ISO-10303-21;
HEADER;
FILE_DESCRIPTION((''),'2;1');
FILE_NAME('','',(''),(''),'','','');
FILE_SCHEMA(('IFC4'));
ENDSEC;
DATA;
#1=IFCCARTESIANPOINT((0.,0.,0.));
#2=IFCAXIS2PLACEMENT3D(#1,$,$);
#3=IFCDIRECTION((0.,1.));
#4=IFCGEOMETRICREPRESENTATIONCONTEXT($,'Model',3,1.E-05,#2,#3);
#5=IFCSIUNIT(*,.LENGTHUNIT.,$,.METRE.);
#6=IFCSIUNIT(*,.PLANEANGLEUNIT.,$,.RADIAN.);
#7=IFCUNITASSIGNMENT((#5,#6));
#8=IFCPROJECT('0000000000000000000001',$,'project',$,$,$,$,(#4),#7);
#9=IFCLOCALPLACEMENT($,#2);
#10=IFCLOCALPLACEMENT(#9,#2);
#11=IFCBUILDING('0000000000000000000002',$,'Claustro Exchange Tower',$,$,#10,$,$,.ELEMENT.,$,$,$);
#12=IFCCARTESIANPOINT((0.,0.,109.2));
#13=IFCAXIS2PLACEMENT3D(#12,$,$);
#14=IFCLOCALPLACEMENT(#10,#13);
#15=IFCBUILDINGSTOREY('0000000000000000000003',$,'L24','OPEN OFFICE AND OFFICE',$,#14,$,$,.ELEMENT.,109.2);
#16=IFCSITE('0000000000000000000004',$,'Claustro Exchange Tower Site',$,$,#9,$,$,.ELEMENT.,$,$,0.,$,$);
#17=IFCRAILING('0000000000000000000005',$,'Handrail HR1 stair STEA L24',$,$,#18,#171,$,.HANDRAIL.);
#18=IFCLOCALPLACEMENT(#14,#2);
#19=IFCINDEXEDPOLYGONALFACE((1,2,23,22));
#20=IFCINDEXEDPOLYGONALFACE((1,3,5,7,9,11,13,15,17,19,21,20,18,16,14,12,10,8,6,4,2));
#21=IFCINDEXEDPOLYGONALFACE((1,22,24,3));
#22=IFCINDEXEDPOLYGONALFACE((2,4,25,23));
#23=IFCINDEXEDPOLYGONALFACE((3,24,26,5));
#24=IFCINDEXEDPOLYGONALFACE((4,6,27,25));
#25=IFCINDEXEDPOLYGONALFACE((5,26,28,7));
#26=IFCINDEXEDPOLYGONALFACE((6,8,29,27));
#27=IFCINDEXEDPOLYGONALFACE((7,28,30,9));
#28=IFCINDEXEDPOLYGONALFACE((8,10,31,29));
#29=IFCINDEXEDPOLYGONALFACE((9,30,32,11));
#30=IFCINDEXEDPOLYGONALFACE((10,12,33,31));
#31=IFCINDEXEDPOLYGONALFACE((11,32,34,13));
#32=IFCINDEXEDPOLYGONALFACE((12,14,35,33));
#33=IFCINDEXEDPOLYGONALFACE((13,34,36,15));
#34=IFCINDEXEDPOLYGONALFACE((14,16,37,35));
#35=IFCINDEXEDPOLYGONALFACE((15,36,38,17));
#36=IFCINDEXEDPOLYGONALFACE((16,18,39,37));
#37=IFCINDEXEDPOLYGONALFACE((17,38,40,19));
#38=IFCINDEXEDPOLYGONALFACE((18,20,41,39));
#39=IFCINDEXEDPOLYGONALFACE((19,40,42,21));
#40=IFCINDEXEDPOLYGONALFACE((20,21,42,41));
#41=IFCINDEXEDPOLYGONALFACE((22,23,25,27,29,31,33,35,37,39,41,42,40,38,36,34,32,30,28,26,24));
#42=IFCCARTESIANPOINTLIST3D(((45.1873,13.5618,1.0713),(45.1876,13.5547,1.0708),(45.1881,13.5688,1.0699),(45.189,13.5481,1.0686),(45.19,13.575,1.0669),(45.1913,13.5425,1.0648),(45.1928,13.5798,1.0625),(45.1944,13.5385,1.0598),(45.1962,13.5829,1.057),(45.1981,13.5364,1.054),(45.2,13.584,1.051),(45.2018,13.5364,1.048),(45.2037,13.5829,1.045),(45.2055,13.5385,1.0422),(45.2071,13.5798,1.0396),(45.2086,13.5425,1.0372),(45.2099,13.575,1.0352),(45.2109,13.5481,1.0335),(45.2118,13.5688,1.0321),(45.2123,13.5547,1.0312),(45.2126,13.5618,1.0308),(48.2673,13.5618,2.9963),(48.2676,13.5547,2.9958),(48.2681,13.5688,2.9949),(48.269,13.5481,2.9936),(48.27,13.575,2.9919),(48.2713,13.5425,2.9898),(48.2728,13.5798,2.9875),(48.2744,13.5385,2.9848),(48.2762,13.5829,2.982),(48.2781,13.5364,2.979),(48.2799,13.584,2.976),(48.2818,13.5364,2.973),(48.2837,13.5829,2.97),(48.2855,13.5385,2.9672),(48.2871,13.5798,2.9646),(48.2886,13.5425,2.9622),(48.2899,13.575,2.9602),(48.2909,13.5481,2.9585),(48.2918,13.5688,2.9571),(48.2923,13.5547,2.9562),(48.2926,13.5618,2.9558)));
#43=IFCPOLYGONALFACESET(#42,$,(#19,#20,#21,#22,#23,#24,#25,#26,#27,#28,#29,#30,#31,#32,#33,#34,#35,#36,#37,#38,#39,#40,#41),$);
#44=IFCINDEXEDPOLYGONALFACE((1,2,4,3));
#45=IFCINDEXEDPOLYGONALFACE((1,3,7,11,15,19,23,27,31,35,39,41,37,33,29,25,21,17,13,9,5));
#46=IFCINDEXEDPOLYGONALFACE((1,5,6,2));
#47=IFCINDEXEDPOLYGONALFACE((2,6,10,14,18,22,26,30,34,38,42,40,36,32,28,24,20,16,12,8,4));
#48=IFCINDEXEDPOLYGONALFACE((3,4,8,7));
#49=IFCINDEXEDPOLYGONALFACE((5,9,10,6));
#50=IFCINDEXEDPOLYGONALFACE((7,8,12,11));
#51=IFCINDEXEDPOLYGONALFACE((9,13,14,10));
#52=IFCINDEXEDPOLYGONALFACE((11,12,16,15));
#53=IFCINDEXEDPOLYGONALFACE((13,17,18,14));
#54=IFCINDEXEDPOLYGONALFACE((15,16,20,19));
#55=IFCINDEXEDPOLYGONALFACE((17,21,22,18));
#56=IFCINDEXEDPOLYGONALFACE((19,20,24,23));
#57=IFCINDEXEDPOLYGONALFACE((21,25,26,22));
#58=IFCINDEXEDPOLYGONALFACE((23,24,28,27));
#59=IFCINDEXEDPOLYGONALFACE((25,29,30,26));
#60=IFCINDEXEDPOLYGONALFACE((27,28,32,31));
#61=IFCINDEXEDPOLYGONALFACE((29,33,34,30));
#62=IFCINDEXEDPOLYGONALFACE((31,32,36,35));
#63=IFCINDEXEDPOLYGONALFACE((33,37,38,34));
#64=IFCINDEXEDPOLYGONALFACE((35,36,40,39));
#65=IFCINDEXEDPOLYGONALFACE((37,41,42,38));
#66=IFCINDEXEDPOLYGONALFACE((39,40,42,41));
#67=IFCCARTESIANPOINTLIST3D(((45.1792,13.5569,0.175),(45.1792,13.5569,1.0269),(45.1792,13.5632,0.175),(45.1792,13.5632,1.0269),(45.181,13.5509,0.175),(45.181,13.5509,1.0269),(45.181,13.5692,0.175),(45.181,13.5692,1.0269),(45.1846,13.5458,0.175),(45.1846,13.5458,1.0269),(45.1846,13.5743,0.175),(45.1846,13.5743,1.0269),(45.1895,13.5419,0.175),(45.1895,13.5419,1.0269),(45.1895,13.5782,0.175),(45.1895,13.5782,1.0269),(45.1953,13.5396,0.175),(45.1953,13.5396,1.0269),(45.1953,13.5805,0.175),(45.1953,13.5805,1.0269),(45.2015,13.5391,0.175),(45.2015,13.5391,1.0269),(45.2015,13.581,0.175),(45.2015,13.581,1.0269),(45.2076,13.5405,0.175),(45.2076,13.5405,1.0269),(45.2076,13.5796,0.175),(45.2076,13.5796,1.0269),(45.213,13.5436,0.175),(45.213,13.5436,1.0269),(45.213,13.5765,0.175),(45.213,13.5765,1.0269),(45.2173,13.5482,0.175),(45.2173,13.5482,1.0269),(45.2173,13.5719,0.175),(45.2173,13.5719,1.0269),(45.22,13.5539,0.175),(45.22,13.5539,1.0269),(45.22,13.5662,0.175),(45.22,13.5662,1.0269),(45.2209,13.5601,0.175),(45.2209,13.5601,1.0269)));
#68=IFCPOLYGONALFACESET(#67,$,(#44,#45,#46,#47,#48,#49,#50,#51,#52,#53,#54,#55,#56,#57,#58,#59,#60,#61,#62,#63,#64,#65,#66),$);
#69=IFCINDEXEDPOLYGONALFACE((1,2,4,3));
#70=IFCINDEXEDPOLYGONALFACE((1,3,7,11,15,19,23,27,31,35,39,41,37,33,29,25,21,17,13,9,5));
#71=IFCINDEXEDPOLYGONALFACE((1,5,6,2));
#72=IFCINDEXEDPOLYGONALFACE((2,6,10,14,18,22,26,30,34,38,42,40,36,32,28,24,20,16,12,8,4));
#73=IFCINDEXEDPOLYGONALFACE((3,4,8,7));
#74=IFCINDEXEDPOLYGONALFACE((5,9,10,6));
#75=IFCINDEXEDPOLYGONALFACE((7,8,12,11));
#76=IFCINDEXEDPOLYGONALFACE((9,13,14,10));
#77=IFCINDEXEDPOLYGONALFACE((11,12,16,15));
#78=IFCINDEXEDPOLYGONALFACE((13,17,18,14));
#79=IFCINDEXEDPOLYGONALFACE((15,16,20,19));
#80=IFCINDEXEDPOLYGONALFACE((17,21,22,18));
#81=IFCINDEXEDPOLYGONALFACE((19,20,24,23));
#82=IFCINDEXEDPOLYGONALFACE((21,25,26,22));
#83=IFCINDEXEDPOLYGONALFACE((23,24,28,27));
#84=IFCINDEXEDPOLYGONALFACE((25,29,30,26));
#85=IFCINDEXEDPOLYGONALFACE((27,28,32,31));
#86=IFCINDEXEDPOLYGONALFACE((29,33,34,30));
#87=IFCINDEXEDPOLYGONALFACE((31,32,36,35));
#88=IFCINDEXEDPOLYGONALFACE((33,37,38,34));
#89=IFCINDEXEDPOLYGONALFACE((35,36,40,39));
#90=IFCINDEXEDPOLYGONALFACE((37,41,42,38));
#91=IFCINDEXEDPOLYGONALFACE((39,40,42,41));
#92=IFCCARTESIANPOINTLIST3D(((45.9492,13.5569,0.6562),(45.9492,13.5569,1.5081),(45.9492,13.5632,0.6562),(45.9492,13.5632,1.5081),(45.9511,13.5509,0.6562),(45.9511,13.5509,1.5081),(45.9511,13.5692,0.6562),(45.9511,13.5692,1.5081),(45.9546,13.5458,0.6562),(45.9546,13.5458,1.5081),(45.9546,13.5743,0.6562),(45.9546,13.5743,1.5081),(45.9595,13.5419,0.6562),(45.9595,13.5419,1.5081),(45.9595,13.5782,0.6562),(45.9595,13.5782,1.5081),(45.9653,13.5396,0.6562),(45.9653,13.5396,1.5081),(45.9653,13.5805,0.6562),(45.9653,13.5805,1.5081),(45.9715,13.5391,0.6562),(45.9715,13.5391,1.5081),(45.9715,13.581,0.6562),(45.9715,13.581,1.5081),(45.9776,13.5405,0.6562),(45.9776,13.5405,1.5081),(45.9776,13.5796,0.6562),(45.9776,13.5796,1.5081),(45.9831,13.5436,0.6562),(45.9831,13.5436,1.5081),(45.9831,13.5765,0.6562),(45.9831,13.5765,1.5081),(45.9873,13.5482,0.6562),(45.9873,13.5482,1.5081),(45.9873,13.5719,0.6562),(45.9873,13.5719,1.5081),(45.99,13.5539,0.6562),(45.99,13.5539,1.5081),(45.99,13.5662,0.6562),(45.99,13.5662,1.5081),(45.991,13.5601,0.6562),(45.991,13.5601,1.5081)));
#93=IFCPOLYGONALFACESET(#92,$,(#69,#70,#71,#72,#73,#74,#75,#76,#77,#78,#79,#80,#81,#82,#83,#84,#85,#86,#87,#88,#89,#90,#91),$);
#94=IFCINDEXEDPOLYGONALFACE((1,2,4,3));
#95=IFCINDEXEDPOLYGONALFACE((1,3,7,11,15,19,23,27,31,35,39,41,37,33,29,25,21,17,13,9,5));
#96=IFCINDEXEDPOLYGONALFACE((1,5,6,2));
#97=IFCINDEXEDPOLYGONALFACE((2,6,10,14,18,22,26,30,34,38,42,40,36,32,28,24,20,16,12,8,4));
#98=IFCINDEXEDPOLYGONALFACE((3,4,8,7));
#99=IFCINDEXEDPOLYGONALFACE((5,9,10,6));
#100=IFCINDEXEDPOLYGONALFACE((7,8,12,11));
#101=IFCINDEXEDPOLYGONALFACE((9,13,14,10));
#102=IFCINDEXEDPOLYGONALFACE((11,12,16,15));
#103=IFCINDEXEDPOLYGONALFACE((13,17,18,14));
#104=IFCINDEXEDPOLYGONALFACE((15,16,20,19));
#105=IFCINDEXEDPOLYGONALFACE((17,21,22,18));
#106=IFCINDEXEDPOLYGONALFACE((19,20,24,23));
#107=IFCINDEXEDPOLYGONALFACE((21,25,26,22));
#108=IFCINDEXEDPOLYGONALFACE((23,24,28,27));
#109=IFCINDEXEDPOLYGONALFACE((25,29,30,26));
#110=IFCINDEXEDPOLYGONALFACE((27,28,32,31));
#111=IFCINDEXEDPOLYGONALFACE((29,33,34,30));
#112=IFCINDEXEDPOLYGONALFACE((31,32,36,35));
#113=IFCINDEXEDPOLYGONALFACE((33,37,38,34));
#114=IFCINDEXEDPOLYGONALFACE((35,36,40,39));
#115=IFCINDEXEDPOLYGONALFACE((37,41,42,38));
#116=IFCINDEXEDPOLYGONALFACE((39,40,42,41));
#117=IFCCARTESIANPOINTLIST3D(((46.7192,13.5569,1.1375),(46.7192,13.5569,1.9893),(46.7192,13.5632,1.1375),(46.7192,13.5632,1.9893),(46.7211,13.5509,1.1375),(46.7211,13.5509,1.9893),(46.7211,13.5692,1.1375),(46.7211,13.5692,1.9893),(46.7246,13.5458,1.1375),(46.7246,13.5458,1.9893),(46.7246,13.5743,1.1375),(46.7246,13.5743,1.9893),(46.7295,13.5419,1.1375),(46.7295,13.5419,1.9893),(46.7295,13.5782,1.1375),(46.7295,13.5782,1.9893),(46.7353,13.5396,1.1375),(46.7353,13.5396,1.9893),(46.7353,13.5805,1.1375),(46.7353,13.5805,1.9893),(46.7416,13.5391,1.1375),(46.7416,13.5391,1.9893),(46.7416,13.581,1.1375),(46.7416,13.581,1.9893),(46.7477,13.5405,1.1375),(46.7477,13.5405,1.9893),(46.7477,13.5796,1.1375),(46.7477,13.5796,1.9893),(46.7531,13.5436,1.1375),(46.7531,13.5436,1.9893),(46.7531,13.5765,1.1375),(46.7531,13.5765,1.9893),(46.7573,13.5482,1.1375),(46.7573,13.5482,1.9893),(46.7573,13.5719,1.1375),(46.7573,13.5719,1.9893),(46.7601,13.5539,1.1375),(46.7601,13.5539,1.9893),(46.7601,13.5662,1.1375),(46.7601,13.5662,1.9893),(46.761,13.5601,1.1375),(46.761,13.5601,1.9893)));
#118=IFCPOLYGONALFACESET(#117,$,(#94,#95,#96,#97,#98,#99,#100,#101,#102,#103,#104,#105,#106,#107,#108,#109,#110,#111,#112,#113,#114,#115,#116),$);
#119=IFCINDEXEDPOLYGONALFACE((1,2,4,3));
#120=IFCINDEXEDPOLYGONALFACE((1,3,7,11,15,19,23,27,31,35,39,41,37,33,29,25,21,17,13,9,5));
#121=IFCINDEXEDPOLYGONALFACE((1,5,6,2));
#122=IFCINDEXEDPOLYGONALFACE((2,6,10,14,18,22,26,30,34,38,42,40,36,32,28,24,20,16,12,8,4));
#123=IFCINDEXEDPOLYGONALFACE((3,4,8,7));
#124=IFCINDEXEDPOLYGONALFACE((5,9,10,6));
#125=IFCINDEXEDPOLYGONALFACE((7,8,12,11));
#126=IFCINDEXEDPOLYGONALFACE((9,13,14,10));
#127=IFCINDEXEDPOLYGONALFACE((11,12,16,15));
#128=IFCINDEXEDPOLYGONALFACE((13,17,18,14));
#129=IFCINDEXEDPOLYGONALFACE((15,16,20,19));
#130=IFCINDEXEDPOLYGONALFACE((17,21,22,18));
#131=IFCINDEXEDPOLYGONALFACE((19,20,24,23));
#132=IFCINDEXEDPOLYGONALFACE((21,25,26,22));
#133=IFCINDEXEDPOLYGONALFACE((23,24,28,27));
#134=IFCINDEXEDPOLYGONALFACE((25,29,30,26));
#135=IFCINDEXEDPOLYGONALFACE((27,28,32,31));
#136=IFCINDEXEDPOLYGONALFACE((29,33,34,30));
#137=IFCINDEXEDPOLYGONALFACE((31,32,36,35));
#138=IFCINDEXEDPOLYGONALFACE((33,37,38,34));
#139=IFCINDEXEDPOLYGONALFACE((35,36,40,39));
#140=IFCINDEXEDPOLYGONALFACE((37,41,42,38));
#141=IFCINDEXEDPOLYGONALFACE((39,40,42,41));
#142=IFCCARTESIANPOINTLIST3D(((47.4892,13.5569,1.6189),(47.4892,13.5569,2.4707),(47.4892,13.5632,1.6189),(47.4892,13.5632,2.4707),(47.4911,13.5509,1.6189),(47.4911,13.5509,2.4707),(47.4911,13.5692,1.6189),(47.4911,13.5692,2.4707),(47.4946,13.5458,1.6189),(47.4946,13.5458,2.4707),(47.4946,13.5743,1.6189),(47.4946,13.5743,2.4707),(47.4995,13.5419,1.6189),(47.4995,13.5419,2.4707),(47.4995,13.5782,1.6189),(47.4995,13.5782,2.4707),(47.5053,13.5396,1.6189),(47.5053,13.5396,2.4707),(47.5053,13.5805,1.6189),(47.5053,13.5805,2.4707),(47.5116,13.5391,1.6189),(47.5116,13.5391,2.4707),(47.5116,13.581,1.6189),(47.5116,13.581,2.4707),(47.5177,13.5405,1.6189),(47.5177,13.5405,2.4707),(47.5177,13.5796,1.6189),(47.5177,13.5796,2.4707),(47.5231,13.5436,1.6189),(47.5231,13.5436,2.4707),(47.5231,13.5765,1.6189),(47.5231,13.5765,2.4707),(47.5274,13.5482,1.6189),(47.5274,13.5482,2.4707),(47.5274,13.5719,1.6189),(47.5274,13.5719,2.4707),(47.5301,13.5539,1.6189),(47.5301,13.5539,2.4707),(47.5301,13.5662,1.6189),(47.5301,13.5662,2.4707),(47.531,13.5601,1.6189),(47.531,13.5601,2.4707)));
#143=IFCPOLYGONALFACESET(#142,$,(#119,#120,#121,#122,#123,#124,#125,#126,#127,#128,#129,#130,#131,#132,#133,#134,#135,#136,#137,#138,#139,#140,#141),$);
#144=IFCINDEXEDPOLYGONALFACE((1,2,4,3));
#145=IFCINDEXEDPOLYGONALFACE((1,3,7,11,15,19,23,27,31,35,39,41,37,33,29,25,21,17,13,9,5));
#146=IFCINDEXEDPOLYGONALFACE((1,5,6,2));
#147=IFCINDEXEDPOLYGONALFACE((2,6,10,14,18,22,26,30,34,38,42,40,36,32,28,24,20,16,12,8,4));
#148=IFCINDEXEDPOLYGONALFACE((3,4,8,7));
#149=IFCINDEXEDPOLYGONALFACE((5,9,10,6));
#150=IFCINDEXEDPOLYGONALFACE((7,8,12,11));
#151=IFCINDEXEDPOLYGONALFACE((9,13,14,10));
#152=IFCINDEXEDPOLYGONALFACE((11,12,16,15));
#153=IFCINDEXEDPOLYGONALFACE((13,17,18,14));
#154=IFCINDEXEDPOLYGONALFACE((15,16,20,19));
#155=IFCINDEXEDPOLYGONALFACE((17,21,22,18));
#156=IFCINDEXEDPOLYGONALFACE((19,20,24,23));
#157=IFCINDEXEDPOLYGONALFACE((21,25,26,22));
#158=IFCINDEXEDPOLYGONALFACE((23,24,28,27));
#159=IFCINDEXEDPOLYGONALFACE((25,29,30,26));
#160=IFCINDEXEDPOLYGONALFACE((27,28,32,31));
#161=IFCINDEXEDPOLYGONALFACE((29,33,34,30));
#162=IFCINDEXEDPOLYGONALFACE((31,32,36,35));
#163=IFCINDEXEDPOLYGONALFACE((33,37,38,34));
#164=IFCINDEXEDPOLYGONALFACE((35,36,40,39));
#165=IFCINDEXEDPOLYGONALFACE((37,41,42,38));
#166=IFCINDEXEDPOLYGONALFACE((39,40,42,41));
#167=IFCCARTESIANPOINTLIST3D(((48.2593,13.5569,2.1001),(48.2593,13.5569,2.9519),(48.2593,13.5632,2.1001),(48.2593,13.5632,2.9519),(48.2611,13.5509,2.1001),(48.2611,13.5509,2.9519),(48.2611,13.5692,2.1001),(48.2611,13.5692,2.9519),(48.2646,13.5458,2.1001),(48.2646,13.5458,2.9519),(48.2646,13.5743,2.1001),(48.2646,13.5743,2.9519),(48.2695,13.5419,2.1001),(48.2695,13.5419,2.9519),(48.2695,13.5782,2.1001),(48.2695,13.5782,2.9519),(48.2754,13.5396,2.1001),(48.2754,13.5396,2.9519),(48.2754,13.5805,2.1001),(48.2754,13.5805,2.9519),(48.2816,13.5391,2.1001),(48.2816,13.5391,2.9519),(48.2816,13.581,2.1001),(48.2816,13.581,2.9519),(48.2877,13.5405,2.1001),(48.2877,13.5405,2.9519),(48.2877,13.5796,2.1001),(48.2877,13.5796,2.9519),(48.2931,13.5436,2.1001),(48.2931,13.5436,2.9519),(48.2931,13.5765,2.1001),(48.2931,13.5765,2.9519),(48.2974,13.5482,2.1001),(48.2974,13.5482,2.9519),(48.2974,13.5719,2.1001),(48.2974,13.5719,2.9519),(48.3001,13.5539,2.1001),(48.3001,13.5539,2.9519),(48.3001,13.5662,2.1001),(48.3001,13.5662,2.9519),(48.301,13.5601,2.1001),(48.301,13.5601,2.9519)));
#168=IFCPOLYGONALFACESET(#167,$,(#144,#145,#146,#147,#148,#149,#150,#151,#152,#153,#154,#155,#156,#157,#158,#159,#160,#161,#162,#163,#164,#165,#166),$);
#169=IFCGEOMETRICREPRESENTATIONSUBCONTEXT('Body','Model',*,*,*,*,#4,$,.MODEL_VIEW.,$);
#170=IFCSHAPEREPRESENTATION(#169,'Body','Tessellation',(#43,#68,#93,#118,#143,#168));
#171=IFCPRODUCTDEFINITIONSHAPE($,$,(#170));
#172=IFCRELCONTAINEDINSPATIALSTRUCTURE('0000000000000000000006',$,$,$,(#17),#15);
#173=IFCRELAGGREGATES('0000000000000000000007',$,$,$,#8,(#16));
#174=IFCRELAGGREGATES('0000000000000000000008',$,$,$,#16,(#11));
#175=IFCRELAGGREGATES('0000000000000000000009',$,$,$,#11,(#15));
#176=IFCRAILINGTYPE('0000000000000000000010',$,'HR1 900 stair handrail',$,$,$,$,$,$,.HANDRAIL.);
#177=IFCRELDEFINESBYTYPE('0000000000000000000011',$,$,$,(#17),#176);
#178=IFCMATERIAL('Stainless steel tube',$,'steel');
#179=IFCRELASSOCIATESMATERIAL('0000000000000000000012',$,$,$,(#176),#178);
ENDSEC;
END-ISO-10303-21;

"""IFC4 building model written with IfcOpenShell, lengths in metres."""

from ifc_helpers import new_model, si_unit, direction, frame, origin, origin_2d, place, context, subcontext, project, spatial, circle, extrude, material, type_object, element, save


model = new_model("IFC4")

# Units and contexts
model_context = context("Model", 3, precision=1e-05, world=origin(), true_north=direction((0.0, 1.0)))
body_context = subcontext(model_context, "Body", "Model", "MODEL_VIEW")
ifc_project = project(units=[si_unit("LENGTHUNIT", "METRE"), si_unit("PLANEANGLEUNIT", "RADIAN")], contexts=[model_context])

# Site, building, storey
site_placement = place(None, origin())
site = spatial("IfcSite", under=ifc_project, at=site_placement, Name="Claustro Exchange Tower Site", CompositionType="ELEMENT", RefElevation=0.0)
building_placement = place(site_placement, origin())
building = spatial("IfcBuilding", under=site, at=building_placement, Name="Claustro Exchange Tower", CompositionType="ELEMENT")
storey_placement = place(building_placement, frame((0.0, 0.0, 109.2)))
storey = spatial("IfcBuildingStorey", under=building, at=storey_placement, Name="L24", Description="OPEN OFFICE AND OFFICE", CompositionType="ELEMENT", Elevation=109.2)

# Railing
ifc_material_1 = material(Name="Stainless steel tube", Category="steel")
railing_type = type_object("IfcRailingType", Name="HR1 900 stair handrail", PredefinedType="HANDRAIL", material=ifc_material_1)
railing_placement = place(storey_placement, frame((45.2, 13.5601, 0.175)))
element("IfcRailing", 1, at=railing_placement, inside=storey, type_object=railing_type, Name="Handrail HR1 stair STEA L24", PredefinedType="HANDRAIL", context=body_context, shape_type="SweptSolid", body=[
    extrude(circle(Radius=0.0239, at=origin_2d()), frame((0.0, 0.0, 0.876), z_axis=(0.847998, 0.0, 0.529999), x_axis=(0.0, 1.0, 0.0)), (0.0, 0.0, 1.0), 3.6321),
    extrude(circle(Radius=0.021, at=origin_2d()), origin(), (0.0, 0.0, 1.0), 0.8518),
    extrude(circle(Radius=0.021, at=origin_2d()), frame((0.77, 0.0, 0.4812)), (0.0, 0.0, 1.0), 0.8518),
    extrude(circle(Radius=0.021, at=origin_2d()), frame((1.54, 0.0, 0.9624)), (0.0, 0.0, 1.0), 0.8518),
    extrude(circle(Radius=0.021, at=origin_2d()), frame((2.3101, 0.0, 1.4438)), (0.0, 0.0, 1.0), 0.8518),
    extrude(circle(Radius=0.021, at=origin_2d()), frame((3.0801, 0.0, 1.925)), (0.0, 0.0, 1.0), 0.8518),
])

save(model, "model.ifc")
